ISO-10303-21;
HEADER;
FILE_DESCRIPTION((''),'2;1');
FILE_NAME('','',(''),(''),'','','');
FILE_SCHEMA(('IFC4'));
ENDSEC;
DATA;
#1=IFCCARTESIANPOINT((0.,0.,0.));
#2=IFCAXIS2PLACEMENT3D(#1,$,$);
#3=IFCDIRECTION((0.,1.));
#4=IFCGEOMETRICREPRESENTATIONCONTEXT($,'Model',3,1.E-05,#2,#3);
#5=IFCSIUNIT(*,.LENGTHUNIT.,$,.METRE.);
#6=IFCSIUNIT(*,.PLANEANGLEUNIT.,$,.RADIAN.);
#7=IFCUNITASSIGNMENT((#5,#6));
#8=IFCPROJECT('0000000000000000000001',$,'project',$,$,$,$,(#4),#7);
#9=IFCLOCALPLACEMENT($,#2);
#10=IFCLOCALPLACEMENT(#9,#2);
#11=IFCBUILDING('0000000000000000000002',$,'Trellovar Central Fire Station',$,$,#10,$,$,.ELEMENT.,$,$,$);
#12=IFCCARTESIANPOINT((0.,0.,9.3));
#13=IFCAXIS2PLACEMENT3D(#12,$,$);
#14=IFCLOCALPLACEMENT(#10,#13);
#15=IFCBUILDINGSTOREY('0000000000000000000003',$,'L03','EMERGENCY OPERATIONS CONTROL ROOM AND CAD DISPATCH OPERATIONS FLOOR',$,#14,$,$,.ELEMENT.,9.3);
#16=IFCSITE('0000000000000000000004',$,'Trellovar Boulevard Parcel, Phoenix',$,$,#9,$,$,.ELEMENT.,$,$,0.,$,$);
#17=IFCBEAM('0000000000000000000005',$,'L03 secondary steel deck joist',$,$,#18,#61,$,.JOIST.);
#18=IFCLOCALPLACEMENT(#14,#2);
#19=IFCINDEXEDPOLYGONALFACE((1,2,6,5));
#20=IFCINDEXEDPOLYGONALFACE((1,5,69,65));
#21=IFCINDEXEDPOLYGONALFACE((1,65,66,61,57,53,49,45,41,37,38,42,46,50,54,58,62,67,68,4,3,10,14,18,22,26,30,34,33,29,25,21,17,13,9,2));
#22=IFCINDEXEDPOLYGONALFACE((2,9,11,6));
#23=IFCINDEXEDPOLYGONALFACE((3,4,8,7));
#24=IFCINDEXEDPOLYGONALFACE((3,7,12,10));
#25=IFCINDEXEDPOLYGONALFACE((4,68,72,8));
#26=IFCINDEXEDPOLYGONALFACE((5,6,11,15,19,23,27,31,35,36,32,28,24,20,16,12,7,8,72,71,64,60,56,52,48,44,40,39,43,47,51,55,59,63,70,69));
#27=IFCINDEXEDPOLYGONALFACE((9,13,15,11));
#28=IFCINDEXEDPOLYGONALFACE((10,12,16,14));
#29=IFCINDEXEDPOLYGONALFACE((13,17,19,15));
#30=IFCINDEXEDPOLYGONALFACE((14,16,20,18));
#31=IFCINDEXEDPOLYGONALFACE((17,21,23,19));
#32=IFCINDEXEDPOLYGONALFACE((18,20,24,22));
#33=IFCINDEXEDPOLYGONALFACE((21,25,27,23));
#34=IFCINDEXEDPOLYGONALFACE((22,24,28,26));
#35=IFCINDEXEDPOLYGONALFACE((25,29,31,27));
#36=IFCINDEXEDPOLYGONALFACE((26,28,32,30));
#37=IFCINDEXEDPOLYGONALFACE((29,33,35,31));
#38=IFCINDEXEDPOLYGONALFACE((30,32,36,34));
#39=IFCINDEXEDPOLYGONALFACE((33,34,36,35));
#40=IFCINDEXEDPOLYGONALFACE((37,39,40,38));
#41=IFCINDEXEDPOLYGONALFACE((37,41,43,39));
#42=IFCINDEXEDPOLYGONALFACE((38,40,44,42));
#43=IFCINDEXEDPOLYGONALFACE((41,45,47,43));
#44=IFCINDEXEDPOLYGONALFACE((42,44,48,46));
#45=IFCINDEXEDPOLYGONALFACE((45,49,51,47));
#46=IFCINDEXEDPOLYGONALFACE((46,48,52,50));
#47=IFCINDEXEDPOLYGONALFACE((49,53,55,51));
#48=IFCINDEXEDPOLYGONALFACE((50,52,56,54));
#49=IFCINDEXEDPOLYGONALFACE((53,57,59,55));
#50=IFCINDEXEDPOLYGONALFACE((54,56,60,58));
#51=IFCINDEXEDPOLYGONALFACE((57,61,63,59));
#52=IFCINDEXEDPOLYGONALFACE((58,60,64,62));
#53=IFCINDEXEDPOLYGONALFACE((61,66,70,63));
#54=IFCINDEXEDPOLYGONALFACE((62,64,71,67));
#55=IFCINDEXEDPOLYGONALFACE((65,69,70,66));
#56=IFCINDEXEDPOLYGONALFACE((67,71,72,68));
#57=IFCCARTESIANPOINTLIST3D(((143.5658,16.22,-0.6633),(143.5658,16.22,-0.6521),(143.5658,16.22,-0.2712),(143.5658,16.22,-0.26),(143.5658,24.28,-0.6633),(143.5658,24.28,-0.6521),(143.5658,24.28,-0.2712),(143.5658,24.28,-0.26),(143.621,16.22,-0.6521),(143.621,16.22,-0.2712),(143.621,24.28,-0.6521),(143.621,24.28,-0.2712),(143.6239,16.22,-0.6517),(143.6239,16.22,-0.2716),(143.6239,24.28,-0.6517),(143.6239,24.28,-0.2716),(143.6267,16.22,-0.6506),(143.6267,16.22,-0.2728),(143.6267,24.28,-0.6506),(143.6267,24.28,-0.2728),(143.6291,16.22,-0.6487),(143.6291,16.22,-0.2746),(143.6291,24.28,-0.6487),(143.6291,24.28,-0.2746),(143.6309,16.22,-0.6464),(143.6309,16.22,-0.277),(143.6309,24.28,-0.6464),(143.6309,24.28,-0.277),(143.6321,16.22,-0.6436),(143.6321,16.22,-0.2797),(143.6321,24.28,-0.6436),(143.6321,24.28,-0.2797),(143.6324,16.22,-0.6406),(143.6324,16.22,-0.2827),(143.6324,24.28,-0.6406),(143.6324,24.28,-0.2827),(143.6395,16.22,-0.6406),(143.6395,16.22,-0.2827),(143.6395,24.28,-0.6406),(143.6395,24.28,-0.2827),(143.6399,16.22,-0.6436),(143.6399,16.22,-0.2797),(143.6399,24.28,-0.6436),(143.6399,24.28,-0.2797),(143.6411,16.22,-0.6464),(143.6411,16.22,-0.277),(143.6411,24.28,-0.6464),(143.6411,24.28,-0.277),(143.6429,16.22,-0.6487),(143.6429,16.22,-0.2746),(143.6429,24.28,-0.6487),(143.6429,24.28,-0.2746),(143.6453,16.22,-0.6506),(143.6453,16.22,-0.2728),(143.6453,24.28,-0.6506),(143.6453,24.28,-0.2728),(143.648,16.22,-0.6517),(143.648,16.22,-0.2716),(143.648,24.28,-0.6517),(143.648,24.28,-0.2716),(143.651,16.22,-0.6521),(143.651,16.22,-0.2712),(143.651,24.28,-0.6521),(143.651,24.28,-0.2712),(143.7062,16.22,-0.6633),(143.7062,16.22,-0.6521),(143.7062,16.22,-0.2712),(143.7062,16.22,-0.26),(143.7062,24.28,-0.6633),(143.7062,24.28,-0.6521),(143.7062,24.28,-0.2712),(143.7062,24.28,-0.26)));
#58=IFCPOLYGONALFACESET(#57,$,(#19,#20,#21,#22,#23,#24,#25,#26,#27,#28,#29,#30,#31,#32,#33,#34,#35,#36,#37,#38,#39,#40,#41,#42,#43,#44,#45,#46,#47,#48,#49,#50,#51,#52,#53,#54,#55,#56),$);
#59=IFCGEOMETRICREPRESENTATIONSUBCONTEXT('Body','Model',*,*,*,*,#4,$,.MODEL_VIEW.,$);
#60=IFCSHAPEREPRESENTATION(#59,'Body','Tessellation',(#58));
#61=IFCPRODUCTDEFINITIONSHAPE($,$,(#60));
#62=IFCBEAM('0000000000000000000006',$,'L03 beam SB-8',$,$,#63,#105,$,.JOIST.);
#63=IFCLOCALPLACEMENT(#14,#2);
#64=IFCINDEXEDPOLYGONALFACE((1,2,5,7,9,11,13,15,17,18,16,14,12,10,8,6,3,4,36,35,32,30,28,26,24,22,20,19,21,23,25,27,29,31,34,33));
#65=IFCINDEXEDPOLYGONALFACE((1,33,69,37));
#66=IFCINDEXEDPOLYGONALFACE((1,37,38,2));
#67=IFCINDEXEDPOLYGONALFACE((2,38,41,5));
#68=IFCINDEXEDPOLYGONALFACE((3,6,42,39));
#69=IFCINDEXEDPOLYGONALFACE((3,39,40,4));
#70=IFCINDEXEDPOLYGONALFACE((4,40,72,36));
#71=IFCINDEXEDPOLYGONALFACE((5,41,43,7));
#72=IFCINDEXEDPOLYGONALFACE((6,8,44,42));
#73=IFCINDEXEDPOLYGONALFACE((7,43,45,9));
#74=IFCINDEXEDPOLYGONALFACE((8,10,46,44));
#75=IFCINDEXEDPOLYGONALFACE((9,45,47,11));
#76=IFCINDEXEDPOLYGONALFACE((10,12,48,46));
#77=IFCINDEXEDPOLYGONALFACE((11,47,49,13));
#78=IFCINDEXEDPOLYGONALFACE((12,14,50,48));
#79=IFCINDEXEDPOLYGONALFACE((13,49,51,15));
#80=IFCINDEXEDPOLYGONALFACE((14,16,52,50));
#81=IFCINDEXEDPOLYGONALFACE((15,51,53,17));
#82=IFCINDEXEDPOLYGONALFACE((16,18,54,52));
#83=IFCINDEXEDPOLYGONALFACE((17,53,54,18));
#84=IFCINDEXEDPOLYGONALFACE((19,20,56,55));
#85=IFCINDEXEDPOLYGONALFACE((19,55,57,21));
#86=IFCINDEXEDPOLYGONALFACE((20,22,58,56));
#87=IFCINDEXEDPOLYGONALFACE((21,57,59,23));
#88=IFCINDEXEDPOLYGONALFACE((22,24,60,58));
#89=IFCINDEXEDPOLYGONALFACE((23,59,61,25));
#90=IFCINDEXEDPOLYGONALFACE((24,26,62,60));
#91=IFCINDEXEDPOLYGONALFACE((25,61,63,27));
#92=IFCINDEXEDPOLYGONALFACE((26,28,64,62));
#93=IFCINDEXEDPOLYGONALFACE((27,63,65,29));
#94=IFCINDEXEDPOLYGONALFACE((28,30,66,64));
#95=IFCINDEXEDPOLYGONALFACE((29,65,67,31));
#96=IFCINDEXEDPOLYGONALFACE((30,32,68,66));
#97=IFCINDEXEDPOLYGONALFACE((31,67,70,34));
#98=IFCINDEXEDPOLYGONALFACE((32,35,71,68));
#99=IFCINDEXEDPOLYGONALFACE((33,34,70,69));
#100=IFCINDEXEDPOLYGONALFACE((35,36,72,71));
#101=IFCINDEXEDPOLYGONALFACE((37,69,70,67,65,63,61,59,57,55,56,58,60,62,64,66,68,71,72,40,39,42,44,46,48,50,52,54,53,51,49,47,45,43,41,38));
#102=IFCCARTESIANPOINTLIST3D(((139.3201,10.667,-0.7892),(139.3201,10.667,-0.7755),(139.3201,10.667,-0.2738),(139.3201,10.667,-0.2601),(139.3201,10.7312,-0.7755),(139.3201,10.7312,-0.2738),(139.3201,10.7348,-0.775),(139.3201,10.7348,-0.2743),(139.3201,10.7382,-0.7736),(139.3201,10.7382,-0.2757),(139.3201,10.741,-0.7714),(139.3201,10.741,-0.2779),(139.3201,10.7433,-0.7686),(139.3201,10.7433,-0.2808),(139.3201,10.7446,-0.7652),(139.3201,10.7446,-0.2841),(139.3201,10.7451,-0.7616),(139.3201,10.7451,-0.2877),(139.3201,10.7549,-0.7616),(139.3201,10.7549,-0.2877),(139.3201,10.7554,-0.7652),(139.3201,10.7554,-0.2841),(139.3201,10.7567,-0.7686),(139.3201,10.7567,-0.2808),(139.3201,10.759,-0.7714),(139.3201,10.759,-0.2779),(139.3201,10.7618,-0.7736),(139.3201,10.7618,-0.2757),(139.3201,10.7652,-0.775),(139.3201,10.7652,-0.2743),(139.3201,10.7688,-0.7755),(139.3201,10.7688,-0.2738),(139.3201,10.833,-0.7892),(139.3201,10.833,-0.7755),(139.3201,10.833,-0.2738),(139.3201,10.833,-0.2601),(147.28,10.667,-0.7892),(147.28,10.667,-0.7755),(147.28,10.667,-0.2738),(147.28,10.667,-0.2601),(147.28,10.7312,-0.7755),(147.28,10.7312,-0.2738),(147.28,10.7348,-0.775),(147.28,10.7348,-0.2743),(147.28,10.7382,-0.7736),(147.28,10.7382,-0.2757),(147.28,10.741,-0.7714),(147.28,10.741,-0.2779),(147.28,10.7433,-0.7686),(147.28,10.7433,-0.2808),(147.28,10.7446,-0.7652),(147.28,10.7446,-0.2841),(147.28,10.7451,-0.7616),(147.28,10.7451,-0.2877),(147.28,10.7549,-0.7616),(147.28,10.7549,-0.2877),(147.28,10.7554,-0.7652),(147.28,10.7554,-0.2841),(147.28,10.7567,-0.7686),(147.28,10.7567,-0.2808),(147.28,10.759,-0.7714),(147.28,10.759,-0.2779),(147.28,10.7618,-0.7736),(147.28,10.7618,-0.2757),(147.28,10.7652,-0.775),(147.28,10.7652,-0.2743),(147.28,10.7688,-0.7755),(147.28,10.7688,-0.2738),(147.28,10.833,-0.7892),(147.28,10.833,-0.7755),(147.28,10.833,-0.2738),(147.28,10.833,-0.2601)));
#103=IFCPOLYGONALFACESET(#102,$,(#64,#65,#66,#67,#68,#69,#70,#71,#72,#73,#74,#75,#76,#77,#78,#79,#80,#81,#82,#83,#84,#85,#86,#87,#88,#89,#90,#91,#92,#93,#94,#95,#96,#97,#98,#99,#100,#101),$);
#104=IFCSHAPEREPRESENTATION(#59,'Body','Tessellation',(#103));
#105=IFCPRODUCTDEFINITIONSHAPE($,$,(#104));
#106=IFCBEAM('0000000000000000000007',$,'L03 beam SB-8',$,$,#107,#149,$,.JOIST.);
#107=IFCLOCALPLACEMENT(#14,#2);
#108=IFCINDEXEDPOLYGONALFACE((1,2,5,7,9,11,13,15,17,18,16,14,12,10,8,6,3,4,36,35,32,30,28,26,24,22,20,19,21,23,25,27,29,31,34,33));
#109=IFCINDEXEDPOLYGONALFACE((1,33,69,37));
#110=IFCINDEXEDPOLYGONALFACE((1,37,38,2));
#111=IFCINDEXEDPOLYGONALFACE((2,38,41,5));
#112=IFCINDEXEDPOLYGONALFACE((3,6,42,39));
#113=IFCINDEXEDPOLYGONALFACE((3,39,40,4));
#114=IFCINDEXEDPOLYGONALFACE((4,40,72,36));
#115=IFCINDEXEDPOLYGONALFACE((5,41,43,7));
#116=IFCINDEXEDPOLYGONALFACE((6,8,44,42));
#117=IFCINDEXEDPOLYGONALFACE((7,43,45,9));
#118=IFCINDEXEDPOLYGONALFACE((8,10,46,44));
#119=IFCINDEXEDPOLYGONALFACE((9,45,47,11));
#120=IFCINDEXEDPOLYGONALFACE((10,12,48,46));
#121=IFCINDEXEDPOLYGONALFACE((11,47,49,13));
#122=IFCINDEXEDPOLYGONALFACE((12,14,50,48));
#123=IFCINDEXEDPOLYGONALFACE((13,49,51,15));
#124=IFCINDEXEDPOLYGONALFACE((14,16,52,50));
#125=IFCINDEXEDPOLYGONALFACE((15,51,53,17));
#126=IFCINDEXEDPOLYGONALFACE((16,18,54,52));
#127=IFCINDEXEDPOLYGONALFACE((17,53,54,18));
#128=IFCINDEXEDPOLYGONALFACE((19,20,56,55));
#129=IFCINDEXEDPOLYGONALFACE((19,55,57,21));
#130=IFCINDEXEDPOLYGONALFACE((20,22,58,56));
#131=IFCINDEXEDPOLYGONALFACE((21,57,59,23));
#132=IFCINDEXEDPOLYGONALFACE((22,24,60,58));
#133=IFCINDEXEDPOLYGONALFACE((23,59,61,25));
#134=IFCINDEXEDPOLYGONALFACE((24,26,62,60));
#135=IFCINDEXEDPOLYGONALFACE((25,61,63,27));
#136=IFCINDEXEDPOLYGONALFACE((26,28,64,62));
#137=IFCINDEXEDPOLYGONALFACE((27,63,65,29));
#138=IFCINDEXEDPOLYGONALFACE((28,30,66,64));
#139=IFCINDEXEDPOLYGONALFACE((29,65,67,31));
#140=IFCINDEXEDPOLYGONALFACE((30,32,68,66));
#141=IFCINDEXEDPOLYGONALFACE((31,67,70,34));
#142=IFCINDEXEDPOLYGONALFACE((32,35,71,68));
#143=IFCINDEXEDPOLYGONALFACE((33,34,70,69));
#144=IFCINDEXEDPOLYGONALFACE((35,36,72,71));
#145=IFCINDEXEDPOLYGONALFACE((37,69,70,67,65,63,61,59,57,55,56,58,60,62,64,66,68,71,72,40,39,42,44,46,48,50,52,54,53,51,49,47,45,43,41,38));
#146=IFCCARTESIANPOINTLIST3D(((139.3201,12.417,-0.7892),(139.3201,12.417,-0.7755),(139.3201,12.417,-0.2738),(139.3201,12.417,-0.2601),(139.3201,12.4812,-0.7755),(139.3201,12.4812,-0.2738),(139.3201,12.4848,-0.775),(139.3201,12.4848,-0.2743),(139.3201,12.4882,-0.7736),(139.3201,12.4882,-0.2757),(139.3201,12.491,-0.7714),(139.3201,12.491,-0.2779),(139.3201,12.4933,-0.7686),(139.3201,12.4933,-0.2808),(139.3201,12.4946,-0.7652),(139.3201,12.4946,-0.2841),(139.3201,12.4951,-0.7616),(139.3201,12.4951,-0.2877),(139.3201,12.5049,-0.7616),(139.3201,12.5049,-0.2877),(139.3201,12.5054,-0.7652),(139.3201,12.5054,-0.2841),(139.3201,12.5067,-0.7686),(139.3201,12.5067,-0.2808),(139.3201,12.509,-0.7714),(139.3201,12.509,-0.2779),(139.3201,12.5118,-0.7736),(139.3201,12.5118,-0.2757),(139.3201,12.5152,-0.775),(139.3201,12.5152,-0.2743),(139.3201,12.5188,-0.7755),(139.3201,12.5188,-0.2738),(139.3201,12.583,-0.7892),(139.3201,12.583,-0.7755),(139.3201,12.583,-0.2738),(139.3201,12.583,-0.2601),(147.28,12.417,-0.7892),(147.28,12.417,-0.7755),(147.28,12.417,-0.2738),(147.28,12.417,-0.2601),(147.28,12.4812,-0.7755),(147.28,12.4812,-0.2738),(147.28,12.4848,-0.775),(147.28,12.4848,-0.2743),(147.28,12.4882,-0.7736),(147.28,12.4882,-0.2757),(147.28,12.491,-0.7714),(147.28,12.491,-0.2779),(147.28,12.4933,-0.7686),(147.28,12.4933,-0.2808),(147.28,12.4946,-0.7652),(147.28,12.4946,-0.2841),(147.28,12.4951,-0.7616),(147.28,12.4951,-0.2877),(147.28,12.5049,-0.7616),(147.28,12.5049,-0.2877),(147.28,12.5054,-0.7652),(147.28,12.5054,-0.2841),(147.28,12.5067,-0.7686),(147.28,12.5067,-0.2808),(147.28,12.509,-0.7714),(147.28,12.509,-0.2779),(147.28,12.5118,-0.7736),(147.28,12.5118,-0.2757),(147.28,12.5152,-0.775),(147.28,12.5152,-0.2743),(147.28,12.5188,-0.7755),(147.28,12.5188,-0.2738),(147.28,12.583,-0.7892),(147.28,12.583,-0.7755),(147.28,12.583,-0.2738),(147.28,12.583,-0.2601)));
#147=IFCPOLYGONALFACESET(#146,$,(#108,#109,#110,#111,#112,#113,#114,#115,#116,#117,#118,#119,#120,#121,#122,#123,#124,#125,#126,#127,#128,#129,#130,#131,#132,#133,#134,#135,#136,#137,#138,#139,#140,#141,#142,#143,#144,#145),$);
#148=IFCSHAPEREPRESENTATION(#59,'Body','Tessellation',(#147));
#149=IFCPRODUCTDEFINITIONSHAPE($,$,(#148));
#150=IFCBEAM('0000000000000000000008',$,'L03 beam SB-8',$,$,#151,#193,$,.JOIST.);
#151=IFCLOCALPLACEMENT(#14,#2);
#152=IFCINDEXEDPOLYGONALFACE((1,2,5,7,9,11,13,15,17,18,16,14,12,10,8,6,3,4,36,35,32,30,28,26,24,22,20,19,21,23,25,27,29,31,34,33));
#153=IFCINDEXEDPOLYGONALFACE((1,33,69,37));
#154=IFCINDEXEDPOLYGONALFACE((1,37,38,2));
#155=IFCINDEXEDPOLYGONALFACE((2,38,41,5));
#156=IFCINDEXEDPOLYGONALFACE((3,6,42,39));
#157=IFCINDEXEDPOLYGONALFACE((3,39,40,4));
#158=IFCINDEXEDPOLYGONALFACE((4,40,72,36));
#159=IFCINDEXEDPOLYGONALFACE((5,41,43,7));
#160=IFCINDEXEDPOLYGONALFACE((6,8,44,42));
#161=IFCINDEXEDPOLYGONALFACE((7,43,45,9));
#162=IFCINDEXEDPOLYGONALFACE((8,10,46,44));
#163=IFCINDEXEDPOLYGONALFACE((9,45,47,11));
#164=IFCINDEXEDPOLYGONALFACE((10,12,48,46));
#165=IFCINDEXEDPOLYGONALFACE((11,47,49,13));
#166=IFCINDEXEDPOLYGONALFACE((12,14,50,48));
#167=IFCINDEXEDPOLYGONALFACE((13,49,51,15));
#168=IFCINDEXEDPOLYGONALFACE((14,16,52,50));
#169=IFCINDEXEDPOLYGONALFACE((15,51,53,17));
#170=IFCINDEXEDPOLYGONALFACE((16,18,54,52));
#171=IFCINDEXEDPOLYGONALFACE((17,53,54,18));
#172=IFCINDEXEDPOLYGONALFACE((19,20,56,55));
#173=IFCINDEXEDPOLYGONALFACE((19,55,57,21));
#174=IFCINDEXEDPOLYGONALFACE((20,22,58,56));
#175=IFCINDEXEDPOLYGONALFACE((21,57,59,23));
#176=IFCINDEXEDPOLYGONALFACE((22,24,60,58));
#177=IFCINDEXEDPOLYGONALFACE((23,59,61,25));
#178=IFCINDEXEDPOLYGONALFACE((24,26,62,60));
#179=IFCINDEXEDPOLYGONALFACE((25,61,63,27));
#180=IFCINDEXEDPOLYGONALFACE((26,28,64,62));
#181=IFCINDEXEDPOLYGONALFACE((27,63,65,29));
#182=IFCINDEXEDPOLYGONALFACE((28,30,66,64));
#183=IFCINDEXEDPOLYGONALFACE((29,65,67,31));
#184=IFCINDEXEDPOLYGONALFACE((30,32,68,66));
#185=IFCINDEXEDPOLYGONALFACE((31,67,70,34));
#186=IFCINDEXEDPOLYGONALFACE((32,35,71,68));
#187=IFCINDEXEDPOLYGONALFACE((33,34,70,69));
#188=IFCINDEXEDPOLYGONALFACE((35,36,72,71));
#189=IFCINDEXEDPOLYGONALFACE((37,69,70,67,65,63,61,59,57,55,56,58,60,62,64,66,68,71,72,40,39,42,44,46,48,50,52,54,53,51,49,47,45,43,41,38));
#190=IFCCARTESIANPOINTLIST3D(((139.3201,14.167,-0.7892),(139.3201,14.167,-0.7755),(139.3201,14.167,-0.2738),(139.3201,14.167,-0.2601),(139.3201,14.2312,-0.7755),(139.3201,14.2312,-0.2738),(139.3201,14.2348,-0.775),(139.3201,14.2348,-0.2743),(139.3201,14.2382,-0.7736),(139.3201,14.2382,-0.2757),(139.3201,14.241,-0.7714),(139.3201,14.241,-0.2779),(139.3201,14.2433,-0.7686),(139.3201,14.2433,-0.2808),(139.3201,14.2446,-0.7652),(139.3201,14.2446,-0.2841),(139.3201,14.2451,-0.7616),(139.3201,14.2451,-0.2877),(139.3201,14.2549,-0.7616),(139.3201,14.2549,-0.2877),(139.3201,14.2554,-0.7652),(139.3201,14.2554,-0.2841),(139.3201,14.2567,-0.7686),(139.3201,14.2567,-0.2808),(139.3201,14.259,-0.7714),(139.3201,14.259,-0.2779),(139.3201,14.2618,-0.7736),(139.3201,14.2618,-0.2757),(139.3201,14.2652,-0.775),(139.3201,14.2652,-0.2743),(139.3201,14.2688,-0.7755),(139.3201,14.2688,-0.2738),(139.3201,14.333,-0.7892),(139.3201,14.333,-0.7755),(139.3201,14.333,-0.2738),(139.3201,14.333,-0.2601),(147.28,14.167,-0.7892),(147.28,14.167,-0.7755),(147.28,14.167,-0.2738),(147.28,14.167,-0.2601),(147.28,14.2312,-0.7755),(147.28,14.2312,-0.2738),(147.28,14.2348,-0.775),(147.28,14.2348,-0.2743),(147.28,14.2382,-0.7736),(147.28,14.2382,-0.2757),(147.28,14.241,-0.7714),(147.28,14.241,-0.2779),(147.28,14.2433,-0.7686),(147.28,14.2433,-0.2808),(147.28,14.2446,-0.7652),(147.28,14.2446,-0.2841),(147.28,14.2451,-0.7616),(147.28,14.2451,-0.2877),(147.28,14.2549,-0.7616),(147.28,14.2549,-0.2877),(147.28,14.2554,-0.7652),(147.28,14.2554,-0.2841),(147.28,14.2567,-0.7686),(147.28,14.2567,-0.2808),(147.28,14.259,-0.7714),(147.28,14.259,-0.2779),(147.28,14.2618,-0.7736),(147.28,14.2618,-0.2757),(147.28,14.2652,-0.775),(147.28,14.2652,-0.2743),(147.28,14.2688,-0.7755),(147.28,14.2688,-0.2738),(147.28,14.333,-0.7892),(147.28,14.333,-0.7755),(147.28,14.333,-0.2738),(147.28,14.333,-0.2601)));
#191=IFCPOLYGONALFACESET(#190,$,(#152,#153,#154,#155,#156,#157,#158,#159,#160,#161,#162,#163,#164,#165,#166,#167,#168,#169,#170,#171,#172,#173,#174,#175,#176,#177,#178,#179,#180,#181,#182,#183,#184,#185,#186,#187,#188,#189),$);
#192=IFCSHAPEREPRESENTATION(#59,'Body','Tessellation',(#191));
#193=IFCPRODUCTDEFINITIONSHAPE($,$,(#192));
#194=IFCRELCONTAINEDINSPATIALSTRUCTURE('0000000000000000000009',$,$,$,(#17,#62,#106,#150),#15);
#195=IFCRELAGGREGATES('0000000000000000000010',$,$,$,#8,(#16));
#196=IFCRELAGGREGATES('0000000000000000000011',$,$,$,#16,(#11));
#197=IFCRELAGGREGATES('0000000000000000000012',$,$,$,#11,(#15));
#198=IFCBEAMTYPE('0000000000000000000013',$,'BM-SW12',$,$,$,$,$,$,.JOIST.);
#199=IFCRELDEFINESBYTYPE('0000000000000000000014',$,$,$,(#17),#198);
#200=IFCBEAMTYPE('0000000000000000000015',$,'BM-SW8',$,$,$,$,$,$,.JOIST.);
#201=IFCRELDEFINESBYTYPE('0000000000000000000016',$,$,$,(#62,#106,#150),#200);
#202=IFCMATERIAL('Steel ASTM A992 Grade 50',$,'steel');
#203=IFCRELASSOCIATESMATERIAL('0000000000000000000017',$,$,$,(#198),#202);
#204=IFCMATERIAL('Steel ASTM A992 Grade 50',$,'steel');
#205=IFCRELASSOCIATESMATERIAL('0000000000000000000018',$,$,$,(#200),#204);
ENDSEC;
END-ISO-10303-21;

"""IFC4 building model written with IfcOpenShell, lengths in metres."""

from ifc_helpers import new_model, si_unit, direction, frame, origin, origin_2d, place, context, subcontext, project, spatial, i_section, extrude, material, material_profile, profile_set, type_object, element, save


model = new_model("IFC4")

# Units and contexts
model_context = context("Model", 3, precision=1e-05, world=origin(), true_north=direction((0.0, 1.0)))
body_context = subcontext(model_context, "Body", "Model", "MODEL_VIEW")
ifc_project = project(units=[si_unit("LENGTHUNIT", "METRE"), si_unit("PLANEANGLEUNIT", "RADIAN")], contexts=[model_context])

# Site, building, storey
site_placement = place(None, origin())
site = spatial("IfcSite", under=ifc_project, at=site_placement, Name="Trellovar Boulevard Parcel, Phoenix", CompositionType="ELEMENT", RefElevation=0.0)
building_placement = place(site_placement, origin())
building = spatial("IfcBuilding", under=site, at=building_placement, Name="Trellovar Central Fire Station", CompositionType="ELEMENT")
storey_placement = place(building_placement, frame((0.0, 0.0, 9.3)))
storey = spatial("IfcBuildingStorey", under=building, at=storey_placement, Name="L03", Description="EMERGENCY OPERATIONS CONTROL ROOM AND CAD DISPATCH OPERATIONS FLOOR", CompositionType="ELEMENT", Elevation=9.3)

# Beams
ifc_material_1 = material(Name="Steel ASTM A992 Grade 50", Category="steel")
ifc_material_profile_1 = material_profile(ifc_material_1, i_section(OverallWidth=0.1404, OverallDepth=0.4033, WebThickness=0.0071, FlangeThickness=0.0112, FilletRadius=0.0115, at=origin_2d()), Name="W16X31")
ifc_profile_set_1 = profile_set([ifc_material_profile_1], Name="Steel ASTM A992 Grade 50")
beam_type_1 = type_object("IfcBeamType", Name="BM-SW12", PredefinedType="JOIST", material=ifc_profile_set_1)
beam_1_placement = place(storey_placement, frame((143.636, 16.22, -0.4617), z_axis=(0.0, 1.0, 0.0), x_axis=(-1.0, 0.0, 0.0)))
element("IfcBeam", 1, at=beam_1_placement, inside=storey, type_object=beam_type_1, Name="L03 secondary steel deck joist", PredefinedType="JOIST", context=body_context, shape_type="SweptSolid", body=[
    extrude(i_section(OverallWidth=0.1404, OverallDepth=0.4033, WebThickness=0.0071, FlangeThickness=0.0112, FilletRadius=0.0115, at=origin_2d()), origin(), (0.0, 0.0, 1.0), 8.0601),
])
ifc_material_2 = material(Name="Steel ASTM A992 Grade 50", Category="steel")
ifc_material_profile_2 = material_profile(ifc_material_2, i_section(OverallWidth=0.166, OverallDepth=0.5291, WebThickness=0.0098, FlangeThickness=0.0137, FilletRadius=0.0139, at=origin_2d()), Name="W21X50")
ifc_profile_set_2 = profile_set([ifc_material_profile_2], Name="Steel ASTM A992 Grade 50")
beam_type_2 = type_object("IfcBeamType", Name="BM-SW8", PredefinedType="JOIST", material=ifc_profile_set_2)
for number, where, z_axis, x_axis, name in (
    (2, (139.3201, 10.75, -0.5247), (1.0, 0.0, 0.0), (0.0, 1.0, 0.0), "L03 beam SB-8"),
    (3, (139.3201, 12.5, -0.5247), (1.0, 0.0, 0.0), (0.0, 1.0, 0.0), "L03 beam SB-8"),
    (4, (139.3201, 14.25, -0.5247), (1.0, 0.0, 0.0), (0.0, 1.0, 0.0), "L03 beam SB-8"),
):
    element("IfcBeam", number, at=place(storey_placement, frame(where, z_axis=z_axis, x_axis=x_axis)), inside=storey, type_object=beam_type_2, Name=name, PredefinedType="JOIST", context=body_context, shape_type="SweptSolid", body=[
        extrude(i_section(OverallWidth=0.166, OverallDepth=0.5291, WebThickness=0.0098, FlangeThickness=0.0137, FilletRadius=0.0139, at=origin_2d()), origin(), (0.0, 0.0, 1.0), 7.96),
    ])

save(model, "model.ifc")
